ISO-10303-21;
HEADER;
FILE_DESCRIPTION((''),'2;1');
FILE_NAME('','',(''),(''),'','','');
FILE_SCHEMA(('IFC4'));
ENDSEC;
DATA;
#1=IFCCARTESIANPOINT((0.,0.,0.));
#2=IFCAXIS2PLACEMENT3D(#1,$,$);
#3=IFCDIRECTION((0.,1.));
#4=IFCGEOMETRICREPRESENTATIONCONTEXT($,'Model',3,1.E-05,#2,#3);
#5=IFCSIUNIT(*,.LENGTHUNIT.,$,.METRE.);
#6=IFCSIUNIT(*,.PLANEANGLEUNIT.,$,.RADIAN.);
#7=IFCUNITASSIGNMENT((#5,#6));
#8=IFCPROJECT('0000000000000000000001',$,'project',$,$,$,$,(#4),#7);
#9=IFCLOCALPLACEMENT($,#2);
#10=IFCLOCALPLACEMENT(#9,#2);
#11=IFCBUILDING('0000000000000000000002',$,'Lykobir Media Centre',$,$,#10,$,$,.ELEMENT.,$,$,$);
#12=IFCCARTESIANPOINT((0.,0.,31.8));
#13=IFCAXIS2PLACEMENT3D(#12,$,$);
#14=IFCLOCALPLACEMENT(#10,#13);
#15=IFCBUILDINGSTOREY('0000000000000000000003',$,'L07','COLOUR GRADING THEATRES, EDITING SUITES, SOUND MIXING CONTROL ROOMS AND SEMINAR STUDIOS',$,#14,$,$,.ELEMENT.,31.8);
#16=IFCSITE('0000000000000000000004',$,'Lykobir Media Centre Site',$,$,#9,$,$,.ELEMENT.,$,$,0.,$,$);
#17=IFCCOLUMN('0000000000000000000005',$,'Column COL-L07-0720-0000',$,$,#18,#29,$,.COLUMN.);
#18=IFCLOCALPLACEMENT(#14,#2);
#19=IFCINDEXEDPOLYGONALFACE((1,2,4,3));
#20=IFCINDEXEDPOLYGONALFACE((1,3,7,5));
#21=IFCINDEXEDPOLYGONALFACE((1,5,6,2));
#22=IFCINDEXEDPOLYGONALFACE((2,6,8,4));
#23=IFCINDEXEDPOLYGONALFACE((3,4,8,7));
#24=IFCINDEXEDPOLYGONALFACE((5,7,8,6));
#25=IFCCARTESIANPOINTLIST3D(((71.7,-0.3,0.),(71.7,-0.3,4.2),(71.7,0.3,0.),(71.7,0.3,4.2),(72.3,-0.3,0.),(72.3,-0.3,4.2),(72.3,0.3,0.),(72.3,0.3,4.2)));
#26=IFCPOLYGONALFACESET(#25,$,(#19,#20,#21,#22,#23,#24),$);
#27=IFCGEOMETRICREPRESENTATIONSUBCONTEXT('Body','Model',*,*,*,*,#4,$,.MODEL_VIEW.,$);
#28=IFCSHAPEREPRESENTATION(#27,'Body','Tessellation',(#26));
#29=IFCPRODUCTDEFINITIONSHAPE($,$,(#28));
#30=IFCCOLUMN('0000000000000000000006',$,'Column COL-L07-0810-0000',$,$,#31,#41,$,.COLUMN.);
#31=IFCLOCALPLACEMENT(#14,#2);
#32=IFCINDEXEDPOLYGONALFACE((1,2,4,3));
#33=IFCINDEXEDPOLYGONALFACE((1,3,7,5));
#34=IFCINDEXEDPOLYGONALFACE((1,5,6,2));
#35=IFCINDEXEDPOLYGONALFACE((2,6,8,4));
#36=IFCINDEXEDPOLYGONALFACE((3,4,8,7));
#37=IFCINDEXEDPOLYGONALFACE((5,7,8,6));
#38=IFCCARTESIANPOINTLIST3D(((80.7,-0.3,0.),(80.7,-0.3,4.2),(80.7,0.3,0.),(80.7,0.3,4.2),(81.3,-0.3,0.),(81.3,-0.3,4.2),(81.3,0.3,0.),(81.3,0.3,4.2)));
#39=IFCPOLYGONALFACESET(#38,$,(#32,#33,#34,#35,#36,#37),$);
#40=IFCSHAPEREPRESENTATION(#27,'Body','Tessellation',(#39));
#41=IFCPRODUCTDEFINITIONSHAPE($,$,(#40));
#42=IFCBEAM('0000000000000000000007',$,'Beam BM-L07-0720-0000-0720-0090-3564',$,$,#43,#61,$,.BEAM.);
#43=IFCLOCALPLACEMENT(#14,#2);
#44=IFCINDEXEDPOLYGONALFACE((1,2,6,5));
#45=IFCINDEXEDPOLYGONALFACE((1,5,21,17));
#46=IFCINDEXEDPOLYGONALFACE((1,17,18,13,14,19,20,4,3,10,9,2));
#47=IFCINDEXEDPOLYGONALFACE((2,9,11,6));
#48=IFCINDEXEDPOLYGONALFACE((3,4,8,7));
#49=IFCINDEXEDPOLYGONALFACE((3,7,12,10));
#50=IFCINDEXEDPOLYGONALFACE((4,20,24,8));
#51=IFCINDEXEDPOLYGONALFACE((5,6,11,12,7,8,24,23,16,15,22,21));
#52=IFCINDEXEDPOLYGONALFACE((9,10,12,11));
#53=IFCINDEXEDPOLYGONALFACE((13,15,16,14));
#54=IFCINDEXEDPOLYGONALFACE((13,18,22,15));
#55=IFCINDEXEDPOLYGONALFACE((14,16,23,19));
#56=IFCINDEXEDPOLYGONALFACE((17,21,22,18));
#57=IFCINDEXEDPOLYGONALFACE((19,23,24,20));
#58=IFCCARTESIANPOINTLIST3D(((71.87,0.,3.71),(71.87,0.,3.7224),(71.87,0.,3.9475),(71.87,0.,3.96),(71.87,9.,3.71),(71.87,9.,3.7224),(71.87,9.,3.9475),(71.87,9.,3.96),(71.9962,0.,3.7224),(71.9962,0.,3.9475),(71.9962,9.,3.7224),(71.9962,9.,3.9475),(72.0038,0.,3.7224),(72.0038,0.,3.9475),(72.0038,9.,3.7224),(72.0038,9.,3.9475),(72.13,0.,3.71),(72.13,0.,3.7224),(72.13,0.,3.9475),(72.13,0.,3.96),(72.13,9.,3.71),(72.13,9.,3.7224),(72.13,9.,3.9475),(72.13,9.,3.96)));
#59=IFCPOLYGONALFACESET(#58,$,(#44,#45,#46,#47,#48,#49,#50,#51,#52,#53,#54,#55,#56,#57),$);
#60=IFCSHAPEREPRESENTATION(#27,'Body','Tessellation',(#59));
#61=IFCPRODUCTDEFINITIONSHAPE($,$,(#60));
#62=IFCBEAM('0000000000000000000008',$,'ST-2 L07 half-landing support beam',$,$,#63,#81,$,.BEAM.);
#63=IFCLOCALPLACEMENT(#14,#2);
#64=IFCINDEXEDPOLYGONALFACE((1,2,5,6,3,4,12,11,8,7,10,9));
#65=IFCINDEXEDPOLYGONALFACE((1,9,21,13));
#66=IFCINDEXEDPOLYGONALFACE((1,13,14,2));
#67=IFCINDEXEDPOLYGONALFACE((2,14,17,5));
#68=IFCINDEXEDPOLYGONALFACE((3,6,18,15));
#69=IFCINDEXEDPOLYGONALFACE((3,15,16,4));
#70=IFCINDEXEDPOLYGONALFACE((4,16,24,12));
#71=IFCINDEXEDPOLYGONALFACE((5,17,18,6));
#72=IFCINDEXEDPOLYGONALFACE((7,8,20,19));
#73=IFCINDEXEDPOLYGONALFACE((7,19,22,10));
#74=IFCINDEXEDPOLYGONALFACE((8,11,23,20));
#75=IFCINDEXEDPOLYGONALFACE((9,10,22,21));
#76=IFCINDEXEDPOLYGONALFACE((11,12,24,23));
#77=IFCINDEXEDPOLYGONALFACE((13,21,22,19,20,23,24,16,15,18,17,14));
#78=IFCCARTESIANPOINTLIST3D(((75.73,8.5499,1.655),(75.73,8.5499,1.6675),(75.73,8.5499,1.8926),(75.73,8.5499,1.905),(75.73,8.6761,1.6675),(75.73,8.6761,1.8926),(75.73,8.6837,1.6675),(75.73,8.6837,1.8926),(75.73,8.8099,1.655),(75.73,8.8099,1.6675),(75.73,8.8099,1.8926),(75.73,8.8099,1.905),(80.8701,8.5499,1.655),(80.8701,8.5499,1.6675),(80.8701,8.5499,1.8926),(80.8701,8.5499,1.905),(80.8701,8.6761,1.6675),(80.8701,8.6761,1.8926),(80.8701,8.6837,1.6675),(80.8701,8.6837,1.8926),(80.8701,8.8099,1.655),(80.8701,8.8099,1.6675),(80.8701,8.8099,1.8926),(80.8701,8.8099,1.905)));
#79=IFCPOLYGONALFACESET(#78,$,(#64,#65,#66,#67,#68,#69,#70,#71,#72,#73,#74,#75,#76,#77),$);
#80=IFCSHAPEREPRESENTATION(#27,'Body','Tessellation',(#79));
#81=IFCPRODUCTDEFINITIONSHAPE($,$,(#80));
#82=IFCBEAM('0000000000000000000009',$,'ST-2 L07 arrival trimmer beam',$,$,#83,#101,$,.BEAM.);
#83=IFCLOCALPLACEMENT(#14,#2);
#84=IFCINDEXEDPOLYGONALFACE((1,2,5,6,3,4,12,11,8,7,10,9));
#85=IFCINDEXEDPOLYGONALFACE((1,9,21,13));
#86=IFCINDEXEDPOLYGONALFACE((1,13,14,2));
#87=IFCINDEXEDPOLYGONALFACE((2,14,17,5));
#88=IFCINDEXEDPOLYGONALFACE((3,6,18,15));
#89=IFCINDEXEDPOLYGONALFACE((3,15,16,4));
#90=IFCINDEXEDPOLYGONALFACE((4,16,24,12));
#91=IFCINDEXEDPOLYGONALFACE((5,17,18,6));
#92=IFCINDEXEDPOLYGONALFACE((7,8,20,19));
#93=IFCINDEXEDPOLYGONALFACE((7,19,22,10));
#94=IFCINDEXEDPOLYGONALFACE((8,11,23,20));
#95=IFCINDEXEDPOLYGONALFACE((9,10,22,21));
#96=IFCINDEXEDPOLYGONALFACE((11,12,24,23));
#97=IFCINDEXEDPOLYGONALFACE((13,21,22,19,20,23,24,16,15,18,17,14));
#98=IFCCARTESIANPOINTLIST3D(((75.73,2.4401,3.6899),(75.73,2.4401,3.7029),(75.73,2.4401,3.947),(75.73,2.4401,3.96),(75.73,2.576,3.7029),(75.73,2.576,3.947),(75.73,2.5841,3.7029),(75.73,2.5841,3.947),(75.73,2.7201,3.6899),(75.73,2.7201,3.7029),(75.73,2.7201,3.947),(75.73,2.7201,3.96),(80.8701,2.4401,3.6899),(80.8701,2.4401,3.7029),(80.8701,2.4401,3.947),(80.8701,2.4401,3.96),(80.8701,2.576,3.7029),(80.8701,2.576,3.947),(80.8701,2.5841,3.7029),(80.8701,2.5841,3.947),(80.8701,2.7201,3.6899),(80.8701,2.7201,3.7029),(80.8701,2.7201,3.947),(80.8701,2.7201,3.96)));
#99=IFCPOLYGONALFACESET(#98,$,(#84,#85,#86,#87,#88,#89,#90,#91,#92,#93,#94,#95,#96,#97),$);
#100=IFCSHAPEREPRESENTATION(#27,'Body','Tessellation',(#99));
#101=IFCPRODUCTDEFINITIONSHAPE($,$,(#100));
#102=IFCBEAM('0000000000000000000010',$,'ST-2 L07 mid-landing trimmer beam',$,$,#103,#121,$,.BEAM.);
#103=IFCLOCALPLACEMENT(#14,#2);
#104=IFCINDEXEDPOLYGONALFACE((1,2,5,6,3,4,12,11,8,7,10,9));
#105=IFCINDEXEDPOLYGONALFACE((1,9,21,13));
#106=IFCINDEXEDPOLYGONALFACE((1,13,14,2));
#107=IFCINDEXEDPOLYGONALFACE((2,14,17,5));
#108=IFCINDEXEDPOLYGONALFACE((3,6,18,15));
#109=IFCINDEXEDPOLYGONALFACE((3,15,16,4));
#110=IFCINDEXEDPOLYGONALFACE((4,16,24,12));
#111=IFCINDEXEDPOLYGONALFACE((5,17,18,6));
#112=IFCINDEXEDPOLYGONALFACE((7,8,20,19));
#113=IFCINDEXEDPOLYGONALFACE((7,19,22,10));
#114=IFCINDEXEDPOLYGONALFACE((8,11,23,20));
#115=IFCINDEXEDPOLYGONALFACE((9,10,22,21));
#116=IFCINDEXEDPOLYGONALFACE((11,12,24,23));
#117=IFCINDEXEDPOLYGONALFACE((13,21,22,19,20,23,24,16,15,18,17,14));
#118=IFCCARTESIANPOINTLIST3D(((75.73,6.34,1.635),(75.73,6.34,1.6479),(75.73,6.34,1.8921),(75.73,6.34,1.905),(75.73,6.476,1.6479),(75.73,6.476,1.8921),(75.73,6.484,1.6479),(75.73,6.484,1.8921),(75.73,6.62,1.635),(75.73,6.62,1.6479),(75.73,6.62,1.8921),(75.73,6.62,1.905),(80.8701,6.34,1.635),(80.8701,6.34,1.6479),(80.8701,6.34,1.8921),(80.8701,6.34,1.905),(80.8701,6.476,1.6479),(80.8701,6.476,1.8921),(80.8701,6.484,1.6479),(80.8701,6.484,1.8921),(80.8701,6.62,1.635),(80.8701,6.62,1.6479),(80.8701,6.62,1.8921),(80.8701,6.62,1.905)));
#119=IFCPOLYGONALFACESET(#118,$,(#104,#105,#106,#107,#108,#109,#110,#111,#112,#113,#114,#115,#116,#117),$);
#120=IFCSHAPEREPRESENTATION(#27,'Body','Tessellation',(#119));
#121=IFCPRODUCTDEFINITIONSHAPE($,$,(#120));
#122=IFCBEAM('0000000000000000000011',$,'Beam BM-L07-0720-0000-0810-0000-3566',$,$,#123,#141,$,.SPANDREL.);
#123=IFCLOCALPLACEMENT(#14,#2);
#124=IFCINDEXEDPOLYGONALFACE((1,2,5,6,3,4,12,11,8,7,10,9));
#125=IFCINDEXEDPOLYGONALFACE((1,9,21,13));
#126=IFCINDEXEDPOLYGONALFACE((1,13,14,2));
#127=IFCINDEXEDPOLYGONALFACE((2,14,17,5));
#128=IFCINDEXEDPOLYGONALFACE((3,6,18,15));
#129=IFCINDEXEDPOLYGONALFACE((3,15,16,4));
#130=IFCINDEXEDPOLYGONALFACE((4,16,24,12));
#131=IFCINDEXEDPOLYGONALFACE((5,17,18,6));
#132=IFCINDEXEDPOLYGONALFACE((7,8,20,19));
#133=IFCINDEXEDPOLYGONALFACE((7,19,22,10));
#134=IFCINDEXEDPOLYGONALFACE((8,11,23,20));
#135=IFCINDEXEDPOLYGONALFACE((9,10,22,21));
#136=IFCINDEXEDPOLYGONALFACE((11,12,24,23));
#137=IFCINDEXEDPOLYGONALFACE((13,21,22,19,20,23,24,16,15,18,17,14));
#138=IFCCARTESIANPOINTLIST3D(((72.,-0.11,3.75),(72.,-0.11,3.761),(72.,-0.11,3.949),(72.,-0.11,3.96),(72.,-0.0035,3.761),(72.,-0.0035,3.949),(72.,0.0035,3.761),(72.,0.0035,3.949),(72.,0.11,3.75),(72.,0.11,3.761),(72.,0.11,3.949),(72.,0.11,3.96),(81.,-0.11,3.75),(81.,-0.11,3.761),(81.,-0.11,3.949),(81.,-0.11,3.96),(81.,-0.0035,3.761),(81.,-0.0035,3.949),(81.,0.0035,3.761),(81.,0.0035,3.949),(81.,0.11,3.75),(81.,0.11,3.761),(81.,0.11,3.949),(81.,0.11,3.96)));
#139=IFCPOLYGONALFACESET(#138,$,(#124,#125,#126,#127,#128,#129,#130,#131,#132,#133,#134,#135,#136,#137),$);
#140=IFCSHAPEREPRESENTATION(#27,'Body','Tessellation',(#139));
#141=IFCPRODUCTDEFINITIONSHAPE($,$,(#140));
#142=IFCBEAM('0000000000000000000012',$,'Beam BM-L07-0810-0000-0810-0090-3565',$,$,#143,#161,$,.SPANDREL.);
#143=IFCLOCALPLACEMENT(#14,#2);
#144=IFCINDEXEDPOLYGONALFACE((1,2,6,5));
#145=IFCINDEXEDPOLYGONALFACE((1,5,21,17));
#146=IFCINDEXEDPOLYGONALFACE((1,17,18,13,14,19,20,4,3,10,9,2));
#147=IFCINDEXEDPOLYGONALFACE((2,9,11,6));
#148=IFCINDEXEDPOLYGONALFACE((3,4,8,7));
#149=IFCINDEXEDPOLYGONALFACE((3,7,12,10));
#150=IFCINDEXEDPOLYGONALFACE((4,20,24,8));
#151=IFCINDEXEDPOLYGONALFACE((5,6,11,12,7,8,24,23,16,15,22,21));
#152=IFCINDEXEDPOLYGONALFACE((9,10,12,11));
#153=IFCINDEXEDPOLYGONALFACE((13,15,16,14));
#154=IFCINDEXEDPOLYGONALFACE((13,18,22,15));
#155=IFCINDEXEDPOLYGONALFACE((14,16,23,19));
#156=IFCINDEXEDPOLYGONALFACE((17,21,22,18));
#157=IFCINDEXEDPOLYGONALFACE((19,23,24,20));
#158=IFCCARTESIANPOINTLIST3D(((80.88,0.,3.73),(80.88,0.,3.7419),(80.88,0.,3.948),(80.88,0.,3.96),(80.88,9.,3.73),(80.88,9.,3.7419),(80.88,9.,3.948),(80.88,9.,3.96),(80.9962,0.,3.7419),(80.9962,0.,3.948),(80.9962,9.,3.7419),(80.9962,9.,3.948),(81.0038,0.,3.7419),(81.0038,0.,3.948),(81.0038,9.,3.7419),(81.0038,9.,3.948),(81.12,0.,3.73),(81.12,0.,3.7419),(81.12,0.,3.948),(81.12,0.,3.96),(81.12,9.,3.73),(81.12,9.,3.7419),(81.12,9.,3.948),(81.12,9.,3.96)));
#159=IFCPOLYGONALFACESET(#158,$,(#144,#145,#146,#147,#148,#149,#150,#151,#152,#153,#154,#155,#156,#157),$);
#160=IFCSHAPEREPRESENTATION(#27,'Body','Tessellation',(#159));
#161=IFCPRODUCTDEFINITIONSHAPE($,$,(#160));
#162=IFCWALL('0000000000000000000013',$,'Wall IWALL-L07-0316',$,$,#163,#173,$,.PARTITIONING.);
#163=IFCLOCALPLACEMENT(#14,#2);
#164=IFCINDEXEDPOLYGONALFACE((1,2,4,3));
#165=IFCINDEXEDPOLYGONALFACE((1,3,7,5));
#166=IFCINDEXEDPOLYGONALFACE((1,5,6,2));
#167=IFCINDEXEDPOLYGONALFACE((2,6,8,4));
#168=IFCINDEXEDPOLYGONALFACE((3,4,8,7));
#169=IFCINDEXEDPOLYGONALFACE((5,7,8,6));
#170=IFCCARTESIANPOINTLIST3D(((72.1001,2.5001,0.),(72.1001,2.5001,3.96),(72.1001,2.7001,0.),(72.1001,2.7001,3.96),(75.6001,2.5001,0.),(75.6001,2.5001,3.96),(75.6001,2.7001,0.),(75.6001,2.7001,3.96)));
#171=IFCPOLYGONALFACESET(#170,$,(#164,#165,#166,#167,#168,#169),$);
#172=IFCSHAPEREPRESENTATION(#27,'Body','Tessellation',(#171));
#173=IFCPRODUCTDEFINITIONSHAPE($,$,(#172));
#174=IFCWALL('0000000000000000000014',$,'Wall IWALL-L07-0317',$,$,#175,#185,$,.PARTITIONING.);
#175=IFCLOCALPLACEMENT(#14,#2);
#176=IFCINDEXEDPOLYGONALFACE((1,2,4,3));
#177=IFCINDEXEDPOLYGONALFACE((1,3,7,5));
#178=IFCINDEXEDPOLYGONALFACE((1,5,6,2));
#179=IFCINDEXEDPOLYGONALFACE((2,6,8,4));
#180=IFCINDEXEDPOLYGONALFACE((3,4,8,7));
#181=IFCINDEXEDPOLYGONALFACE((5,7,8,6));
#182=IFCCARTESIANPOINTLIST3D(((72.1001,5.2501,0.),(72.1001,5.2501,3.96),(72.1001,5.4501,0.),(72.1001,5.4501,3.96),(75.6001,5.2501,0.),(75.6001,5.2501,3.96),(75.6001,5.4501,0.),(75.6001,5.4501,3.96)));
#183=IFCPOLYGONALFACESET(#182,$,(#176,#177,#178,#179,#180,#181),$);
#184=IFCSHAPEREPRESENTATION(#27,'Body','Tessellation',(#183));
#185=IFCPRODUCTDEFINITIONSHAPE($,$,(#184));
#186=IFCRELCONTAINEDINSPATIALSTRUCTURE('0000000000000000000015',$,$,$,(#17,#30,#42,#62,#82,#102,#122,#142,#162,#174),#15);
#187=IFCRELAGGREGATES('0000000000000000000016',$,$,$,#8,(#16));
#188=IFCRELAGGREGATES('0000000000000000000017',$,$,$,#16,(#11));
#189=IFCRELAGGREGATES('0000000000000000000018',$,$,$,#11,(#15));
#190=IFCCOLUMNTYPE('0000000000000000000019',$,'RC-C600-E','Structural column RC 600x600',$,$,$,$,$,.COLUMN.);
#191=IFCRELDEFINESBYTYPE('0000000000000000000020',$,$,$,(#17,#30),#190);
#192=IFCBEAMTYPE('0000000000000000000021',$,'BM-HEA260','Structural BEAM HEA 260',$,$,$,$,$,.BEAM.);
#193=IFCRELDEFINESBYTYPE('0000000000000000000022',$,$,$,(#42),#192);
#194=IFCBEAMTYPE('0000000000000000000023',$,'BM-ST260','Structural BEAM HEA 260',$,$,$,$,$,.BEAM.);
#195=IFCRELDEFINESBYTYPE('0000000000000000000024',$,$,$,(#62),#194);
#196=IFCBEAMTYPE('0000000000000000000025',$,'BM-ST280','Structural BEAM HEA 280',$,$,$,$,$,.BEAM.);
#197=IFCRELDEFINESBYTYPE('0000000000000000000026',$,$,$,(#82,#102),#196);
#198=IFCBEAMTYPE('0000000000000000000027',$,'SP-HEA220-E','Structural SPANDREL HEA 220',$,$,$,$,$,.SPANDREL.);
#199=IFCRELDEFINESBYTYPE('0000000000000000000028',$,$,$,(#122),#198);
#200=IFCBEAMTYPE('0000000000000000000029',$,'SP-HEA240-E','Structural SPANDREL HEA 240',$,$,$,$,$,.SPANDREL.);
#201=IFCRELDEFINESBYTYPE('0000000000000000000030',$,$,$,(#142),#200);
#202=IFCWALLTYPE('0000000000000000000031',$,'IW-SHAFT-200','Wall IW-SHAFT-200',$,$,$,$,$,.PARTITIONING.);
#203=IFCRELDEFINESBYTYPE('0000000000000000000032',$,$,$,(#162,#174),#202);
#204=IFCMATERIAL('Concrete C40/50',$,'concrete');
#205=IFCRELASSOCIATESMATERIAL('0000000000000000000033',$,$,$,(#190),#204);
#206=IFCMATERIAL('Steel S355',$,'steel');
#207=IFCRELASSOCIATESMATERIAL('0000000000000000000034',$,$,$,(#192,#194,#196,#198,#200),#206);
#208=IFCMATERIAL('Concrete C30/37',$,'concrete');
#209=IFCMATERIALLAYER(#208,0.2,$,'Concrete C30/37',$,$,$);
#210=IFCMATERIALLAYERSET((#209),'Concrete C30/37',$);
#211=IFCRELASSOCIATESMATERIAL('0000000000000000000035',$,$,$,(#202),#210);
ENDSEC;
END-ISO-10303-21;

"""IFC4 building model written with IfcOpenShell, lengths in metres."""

from ifc_helpers import new_model, si_unit, direction, frame, frame_2d, origin, origin_2d, place, context, subcontext, project, spatial, rectangle, i_section, extrude, material, layer, layer_set, material_profile, profile_set, type_object, element, save


model = new_model("IFC4")

# Units and contexts
model_context = context("Model", 3, precision=1e-05, world=origin(), true_north=direction((0.0, 1.0)))
body_context = subcontext(model_context, "Body", "Model", "MODEL_VIEW")
ifc_project = project(units=[si_unit("LENGTHUNIT", "METRE"), si_unit("PLANEANGLEUNIT", "RADIAN")], contexts=[model_context])

# Site, building, storey
site_placement = place(None, origin())
site = spatial("IfcSite", under=ifc_project, at=site_placement, Name="Lykobir Media Centre Site", CompositionType="ELEMENT", RefElevation=0.0)
building_placement = place(site_placement, origin())
building = spatial("IfcBuilding", under=site, at=building_placement, Name="Lykobir Media Centre", CompositionType="ELEMENT")
storey_placement = place(building_placement, frame((0.0, 0.0, 31.8)))
storey = spatial("IfcBuildingStorey", under=building, at=storey_placement, Name="L07", Description="COLOUR GRADING THEATRES, EDITING SUITES, SOUND MIXING CONTROL ROOMS AND SEMINAR STUDIOS", CompositionType="ELEMENT", Elevation=31.8)

# Columns
ifc_material_1 = material(Name="Concrete C40/50", Category="concrete")
ifc_material_profile_1 = material_profile(ifc_material_1, rectangle(XDim=0.6001, YDim=0.6001, at=origin_2d()), Name="RC 600x600")
ifc_profile_set_1 = profile_set([ifc_material_profile_1], Name="Concrete C40/50")
column_type = type_object("IfcColumnType", Name="RC-C600-E", Description="Structural column RC 600x600", PredefinedType="COLUMN", material=ifc_profile_set_1)
for number, where, z_axis, x_axis, name in (
    (1, (72.0, 0.0, 0.0), (0.0, 0.0, 1.0), (1.0, 0.0, 0.0), "Column COL-L07-0720-0000"),
    (2, (81.0, 0.0, 0.0), (0.0, 0.0, 1.0), (1.0, 0.0, 0.0), "Column COL-L07-0810-0000"),
):
    element("IfcColumn", number, at=place(storey_placement, frame(where, z_axis=z_axis, x_axis=x_axis)), inside=storey, type_object=column_type, Name=name, PredefinedType="COLUMN", context=body_context, shape_type="SweptSolid", body=[
        extrude(rectangle(XDim=0.6001, YDim=0.6001, at=origin_2d()), origin(), (0.0, 0.0, 1.0), 4.2),
    ])

# Beams
ifc_material_2 = material(Name="Steel S355", Category="steel")
ifc_material_profile_2 = material_profile(ifc_material_2, i_section(OverallWidth=0.26, OverallDepth=0.25, WebThickness=0.0076, FlangeThickness=0.0125, at=origin_2d()), Name="HEA 260")
ifc_profile_set_2 = profile_set([ifc_material_profile_2], Name="Steel S355")
beam_type_1 = type_object("IfcBeamType", Name="BM-HEA260", Description="Structural BEAM HEA 260", PredefinedType="BEAM", material=ifc_profile_set_2)
beam_1_placement = place(storey_placement, frame((72.0, 0.0, 3.835), z_axis=(0.0, 1.0, 0.0), x_axis=(-1.0, 0.0, 0.0)))
element("IfcBeam", 3, at=beam_1_placement, inside=storey, type_object=beam_type_1, Name="Beam BM-L07-0720-0000-0720-0090-3564", PredefinedType="BEAM", context=body_context, shape_type="SweptSolid", body=[
    extrude(i_section(OverallWidth=0.26, OverallDepth=0.25, WebThickness=0.0076, FlangeThickness=0.0125, at=origin_2d()), origin(), (0.0, 0.0, 1.0), 9.0),
])
ifc_material_profile_3 = material_profile(ifc_material_2, i_section(OverallWidth=0.26, OverallDepth=0.25, WebThickness=0.0076, FlangeThickness=0.0125, at=origin_2d()), Name="HEA 260")
ifc_profile_set_3 = profile_set([ifc_material_profile_3], Name="Steel S355")
beam_type_2 = type_object("IfcBeamType", Name="BM-ST260", Description="Structural BEAM HEA 260", PredefinedType="BEAM", material=ifc_profile_set_3)
beam_2_placement = place(storey_placement, frame((75.73, 8.6799, 1.78), z_axis=(1.0, 0.0, 0.0), x_axis=(0.0, 1.0, 0.0)))
element("IfcBeam", 4, at=beam_2_placement, inside=storey, type_object=beam_type_2, Name="ST-2 L07 half-landing support beam", PredefinedType="BEAM", context=body_context, shape_type="SweptSolid", body=[
    extrude(i_section(OverallWidth=0.26, OverallDepth=0.25, WebThickness=0.0076, FlangeThickness=0.0125, at=origin_2d()), origin(), (0.0, 0.0, 1.0), 5.1401),
])
ifc_material_profile_4 = material_profile(ifc_material_2, i_section(OverallWidth=0.28, OverallDepth=0.27, WebThickness=0.0081, FlangeThickness=0.0129, at=origin_2d()), Name="HEA 280")
ifc_profile_set_4 = profile_set([ifc_material_profile_4], Name="Steel S355")
beam_type_3 = type_object("IfcBeamType", Name="BM-ST280", Description="Structural BEAM HEA 280", PredefinedType="BEAM", material=ifc_profile_set_4)
for number, where, z_axis, x_axis, name in (
    (5, (75.73, 2.5801, 3.825), (1.0, 0.0, 0.0), (0.0, 1.0, 0.0), "ST-2 L07 arrival trimmer beam"),
    (6, (75.73, 6.48, 1.77), (1.0, 0.0, 0.0), (0.0, 1.0, 0.0), "ST-2 L07 mid-landing trimmer beam"),
):
    element("IfcBeam", number, at=place(storey_placement, frame(where, z_axis=z_axis, x_axis=x_axis)), inside=storey, type_object=beam_type_3, Name=name, PredefinedType="BEAM", context=body_context, shape_type="SweptSolid", body=[
        extrude(i_section(OverallWidth=0.28, OverallDepth=0.27, WebThickness=0.0081, FlangeThickness=0.0129, at=origin_2d()), origin(), (0.0, 0.0, 1.0), 5.1401),
    ])
ifc_material_profile_5 = material_profile(ifc_material_2, i_section(OverallWidth=0.22, OverallDepth=0.21, WebThickness=0.0071, FlangeThickness=0.011, at=origin_2d()), Name="HEA 220")
ifc_profile_set_5 = profile_set([ifc_material_profile_5], Name="Steel S355")
beam_type_4 = type_object("IfcBeamType", Name="SP-HEA220-E", Description="Structural SPANDREL HEA 220", PredefinedType="SPANDREL", material=ifc_profile_set_5)
beam_3_placement = place(storey_placement, frame((72.0, 0.0, 3.855), z_axis=(1.0, 0.0, 0.0), x_axis=(0.0, 1.0, 0.0)))
element("IfcBeam", 7, at=beam_3_placement, inside=storey, type_object=beam_type_4, Name="Beam BM-L07-0720-0000-0810-0000-3566", PredefinedType="SPANDREL", context=body_context, shape_type="SweptSolid", body=[
    extrude(i_section(OverallWidth=0.22, OverallDepth=0.21, WebThickness=0.0071, FlangeThickness=0.011, at=origin_2d()), origin(), (0.0, 0.0, 1.0), 9.0),
])
ifc_material_profile_6 = material_profile(ifc_material_2, i_section(OverallWidth=0.24, OverallDepth=0.23, WebThickness=0.0076, FlangeThickness=0.012, at=origin_2d()), Name="HEA 240")
ifc_profile_set_6 = profile_set([ifc_material_profile_6], Name="Steel S355")
beam_type_5 = type_object("IfcBeamType", Name="SP-HEA240-E", Description="Structural SPANDREL HEA 240", PredefinedType="SPANDREL", material=ifc_profile_set_6)
beam_4_placement = place(storey_placement, frame((81.0, 0.0, 3.845), z_axis=(0.0, 1.0, 0.0), x_axis=(-1.0, 0.0, 0.0)))
element("IfcBeam", 8, at=beam_4_placement, inside=storey, type_object=beam_type_5, Name="Beam BM-L07-0810-0000-0810-0090-3565", PredefinedType="SPANDREL", context=body_context, shape_type="SweptSolid", body=[
    extrude(i_section(OverallWidth=0.24, OverallDepth=0.23, WebThickness=0.0076, FlangeThickness=0.012, at=origin_2d()), origin(), (0.0, 0.0, 1.0), 9.0),
])

# Walls
ifc_material_3 = material(Name="Concrete C30/37", Category="concrete")
ifc_layer_1 = layer(ifc_material_3, 0.2, Name="Concrete C30/37")
ifc_layer_set_1 = layer_set([ifc_layer_1], Name="Concrete C30/37")
wall_type_1 = type_object("IfcWallType", Name="IW-SHAFT-200", Description="Wall IW-SHAFT-200", PredefinedType="PARTITIONING", material=ifc_layer_set_1)
for number, where, z_axis, x_axis, name in (
    (9, (72.1001, 2.6001, 0.0), (0.0, 0.0, 1.0), (1.0, 0.0, 0.0), "Wall IWALL-L07-0316"),
    (10, (72.1001, 5.3501, 0.0), (0.0, 0.0, 1.0), (1.0, 0.0, 0.0), "Wall IWALL-L07-0317"),
):
    element("IfcWall", number, at=place(storey_placement, frame(where, z_axis=z_axis, x_axis=x_axis)), inside=storey, type_object=wall_type_1, Name=name, PredefinedType="PARTITIONING", context=body_context, shape_type="SweptSolid", body=[
        extrude(rectangle(XDim=3.5, YDim=0.2, at=frame_2d((1.75, 0.0))), origin(), (0.0, 0.0, 1.0), 3.96),
    ])

save(model, "model.ifc")
